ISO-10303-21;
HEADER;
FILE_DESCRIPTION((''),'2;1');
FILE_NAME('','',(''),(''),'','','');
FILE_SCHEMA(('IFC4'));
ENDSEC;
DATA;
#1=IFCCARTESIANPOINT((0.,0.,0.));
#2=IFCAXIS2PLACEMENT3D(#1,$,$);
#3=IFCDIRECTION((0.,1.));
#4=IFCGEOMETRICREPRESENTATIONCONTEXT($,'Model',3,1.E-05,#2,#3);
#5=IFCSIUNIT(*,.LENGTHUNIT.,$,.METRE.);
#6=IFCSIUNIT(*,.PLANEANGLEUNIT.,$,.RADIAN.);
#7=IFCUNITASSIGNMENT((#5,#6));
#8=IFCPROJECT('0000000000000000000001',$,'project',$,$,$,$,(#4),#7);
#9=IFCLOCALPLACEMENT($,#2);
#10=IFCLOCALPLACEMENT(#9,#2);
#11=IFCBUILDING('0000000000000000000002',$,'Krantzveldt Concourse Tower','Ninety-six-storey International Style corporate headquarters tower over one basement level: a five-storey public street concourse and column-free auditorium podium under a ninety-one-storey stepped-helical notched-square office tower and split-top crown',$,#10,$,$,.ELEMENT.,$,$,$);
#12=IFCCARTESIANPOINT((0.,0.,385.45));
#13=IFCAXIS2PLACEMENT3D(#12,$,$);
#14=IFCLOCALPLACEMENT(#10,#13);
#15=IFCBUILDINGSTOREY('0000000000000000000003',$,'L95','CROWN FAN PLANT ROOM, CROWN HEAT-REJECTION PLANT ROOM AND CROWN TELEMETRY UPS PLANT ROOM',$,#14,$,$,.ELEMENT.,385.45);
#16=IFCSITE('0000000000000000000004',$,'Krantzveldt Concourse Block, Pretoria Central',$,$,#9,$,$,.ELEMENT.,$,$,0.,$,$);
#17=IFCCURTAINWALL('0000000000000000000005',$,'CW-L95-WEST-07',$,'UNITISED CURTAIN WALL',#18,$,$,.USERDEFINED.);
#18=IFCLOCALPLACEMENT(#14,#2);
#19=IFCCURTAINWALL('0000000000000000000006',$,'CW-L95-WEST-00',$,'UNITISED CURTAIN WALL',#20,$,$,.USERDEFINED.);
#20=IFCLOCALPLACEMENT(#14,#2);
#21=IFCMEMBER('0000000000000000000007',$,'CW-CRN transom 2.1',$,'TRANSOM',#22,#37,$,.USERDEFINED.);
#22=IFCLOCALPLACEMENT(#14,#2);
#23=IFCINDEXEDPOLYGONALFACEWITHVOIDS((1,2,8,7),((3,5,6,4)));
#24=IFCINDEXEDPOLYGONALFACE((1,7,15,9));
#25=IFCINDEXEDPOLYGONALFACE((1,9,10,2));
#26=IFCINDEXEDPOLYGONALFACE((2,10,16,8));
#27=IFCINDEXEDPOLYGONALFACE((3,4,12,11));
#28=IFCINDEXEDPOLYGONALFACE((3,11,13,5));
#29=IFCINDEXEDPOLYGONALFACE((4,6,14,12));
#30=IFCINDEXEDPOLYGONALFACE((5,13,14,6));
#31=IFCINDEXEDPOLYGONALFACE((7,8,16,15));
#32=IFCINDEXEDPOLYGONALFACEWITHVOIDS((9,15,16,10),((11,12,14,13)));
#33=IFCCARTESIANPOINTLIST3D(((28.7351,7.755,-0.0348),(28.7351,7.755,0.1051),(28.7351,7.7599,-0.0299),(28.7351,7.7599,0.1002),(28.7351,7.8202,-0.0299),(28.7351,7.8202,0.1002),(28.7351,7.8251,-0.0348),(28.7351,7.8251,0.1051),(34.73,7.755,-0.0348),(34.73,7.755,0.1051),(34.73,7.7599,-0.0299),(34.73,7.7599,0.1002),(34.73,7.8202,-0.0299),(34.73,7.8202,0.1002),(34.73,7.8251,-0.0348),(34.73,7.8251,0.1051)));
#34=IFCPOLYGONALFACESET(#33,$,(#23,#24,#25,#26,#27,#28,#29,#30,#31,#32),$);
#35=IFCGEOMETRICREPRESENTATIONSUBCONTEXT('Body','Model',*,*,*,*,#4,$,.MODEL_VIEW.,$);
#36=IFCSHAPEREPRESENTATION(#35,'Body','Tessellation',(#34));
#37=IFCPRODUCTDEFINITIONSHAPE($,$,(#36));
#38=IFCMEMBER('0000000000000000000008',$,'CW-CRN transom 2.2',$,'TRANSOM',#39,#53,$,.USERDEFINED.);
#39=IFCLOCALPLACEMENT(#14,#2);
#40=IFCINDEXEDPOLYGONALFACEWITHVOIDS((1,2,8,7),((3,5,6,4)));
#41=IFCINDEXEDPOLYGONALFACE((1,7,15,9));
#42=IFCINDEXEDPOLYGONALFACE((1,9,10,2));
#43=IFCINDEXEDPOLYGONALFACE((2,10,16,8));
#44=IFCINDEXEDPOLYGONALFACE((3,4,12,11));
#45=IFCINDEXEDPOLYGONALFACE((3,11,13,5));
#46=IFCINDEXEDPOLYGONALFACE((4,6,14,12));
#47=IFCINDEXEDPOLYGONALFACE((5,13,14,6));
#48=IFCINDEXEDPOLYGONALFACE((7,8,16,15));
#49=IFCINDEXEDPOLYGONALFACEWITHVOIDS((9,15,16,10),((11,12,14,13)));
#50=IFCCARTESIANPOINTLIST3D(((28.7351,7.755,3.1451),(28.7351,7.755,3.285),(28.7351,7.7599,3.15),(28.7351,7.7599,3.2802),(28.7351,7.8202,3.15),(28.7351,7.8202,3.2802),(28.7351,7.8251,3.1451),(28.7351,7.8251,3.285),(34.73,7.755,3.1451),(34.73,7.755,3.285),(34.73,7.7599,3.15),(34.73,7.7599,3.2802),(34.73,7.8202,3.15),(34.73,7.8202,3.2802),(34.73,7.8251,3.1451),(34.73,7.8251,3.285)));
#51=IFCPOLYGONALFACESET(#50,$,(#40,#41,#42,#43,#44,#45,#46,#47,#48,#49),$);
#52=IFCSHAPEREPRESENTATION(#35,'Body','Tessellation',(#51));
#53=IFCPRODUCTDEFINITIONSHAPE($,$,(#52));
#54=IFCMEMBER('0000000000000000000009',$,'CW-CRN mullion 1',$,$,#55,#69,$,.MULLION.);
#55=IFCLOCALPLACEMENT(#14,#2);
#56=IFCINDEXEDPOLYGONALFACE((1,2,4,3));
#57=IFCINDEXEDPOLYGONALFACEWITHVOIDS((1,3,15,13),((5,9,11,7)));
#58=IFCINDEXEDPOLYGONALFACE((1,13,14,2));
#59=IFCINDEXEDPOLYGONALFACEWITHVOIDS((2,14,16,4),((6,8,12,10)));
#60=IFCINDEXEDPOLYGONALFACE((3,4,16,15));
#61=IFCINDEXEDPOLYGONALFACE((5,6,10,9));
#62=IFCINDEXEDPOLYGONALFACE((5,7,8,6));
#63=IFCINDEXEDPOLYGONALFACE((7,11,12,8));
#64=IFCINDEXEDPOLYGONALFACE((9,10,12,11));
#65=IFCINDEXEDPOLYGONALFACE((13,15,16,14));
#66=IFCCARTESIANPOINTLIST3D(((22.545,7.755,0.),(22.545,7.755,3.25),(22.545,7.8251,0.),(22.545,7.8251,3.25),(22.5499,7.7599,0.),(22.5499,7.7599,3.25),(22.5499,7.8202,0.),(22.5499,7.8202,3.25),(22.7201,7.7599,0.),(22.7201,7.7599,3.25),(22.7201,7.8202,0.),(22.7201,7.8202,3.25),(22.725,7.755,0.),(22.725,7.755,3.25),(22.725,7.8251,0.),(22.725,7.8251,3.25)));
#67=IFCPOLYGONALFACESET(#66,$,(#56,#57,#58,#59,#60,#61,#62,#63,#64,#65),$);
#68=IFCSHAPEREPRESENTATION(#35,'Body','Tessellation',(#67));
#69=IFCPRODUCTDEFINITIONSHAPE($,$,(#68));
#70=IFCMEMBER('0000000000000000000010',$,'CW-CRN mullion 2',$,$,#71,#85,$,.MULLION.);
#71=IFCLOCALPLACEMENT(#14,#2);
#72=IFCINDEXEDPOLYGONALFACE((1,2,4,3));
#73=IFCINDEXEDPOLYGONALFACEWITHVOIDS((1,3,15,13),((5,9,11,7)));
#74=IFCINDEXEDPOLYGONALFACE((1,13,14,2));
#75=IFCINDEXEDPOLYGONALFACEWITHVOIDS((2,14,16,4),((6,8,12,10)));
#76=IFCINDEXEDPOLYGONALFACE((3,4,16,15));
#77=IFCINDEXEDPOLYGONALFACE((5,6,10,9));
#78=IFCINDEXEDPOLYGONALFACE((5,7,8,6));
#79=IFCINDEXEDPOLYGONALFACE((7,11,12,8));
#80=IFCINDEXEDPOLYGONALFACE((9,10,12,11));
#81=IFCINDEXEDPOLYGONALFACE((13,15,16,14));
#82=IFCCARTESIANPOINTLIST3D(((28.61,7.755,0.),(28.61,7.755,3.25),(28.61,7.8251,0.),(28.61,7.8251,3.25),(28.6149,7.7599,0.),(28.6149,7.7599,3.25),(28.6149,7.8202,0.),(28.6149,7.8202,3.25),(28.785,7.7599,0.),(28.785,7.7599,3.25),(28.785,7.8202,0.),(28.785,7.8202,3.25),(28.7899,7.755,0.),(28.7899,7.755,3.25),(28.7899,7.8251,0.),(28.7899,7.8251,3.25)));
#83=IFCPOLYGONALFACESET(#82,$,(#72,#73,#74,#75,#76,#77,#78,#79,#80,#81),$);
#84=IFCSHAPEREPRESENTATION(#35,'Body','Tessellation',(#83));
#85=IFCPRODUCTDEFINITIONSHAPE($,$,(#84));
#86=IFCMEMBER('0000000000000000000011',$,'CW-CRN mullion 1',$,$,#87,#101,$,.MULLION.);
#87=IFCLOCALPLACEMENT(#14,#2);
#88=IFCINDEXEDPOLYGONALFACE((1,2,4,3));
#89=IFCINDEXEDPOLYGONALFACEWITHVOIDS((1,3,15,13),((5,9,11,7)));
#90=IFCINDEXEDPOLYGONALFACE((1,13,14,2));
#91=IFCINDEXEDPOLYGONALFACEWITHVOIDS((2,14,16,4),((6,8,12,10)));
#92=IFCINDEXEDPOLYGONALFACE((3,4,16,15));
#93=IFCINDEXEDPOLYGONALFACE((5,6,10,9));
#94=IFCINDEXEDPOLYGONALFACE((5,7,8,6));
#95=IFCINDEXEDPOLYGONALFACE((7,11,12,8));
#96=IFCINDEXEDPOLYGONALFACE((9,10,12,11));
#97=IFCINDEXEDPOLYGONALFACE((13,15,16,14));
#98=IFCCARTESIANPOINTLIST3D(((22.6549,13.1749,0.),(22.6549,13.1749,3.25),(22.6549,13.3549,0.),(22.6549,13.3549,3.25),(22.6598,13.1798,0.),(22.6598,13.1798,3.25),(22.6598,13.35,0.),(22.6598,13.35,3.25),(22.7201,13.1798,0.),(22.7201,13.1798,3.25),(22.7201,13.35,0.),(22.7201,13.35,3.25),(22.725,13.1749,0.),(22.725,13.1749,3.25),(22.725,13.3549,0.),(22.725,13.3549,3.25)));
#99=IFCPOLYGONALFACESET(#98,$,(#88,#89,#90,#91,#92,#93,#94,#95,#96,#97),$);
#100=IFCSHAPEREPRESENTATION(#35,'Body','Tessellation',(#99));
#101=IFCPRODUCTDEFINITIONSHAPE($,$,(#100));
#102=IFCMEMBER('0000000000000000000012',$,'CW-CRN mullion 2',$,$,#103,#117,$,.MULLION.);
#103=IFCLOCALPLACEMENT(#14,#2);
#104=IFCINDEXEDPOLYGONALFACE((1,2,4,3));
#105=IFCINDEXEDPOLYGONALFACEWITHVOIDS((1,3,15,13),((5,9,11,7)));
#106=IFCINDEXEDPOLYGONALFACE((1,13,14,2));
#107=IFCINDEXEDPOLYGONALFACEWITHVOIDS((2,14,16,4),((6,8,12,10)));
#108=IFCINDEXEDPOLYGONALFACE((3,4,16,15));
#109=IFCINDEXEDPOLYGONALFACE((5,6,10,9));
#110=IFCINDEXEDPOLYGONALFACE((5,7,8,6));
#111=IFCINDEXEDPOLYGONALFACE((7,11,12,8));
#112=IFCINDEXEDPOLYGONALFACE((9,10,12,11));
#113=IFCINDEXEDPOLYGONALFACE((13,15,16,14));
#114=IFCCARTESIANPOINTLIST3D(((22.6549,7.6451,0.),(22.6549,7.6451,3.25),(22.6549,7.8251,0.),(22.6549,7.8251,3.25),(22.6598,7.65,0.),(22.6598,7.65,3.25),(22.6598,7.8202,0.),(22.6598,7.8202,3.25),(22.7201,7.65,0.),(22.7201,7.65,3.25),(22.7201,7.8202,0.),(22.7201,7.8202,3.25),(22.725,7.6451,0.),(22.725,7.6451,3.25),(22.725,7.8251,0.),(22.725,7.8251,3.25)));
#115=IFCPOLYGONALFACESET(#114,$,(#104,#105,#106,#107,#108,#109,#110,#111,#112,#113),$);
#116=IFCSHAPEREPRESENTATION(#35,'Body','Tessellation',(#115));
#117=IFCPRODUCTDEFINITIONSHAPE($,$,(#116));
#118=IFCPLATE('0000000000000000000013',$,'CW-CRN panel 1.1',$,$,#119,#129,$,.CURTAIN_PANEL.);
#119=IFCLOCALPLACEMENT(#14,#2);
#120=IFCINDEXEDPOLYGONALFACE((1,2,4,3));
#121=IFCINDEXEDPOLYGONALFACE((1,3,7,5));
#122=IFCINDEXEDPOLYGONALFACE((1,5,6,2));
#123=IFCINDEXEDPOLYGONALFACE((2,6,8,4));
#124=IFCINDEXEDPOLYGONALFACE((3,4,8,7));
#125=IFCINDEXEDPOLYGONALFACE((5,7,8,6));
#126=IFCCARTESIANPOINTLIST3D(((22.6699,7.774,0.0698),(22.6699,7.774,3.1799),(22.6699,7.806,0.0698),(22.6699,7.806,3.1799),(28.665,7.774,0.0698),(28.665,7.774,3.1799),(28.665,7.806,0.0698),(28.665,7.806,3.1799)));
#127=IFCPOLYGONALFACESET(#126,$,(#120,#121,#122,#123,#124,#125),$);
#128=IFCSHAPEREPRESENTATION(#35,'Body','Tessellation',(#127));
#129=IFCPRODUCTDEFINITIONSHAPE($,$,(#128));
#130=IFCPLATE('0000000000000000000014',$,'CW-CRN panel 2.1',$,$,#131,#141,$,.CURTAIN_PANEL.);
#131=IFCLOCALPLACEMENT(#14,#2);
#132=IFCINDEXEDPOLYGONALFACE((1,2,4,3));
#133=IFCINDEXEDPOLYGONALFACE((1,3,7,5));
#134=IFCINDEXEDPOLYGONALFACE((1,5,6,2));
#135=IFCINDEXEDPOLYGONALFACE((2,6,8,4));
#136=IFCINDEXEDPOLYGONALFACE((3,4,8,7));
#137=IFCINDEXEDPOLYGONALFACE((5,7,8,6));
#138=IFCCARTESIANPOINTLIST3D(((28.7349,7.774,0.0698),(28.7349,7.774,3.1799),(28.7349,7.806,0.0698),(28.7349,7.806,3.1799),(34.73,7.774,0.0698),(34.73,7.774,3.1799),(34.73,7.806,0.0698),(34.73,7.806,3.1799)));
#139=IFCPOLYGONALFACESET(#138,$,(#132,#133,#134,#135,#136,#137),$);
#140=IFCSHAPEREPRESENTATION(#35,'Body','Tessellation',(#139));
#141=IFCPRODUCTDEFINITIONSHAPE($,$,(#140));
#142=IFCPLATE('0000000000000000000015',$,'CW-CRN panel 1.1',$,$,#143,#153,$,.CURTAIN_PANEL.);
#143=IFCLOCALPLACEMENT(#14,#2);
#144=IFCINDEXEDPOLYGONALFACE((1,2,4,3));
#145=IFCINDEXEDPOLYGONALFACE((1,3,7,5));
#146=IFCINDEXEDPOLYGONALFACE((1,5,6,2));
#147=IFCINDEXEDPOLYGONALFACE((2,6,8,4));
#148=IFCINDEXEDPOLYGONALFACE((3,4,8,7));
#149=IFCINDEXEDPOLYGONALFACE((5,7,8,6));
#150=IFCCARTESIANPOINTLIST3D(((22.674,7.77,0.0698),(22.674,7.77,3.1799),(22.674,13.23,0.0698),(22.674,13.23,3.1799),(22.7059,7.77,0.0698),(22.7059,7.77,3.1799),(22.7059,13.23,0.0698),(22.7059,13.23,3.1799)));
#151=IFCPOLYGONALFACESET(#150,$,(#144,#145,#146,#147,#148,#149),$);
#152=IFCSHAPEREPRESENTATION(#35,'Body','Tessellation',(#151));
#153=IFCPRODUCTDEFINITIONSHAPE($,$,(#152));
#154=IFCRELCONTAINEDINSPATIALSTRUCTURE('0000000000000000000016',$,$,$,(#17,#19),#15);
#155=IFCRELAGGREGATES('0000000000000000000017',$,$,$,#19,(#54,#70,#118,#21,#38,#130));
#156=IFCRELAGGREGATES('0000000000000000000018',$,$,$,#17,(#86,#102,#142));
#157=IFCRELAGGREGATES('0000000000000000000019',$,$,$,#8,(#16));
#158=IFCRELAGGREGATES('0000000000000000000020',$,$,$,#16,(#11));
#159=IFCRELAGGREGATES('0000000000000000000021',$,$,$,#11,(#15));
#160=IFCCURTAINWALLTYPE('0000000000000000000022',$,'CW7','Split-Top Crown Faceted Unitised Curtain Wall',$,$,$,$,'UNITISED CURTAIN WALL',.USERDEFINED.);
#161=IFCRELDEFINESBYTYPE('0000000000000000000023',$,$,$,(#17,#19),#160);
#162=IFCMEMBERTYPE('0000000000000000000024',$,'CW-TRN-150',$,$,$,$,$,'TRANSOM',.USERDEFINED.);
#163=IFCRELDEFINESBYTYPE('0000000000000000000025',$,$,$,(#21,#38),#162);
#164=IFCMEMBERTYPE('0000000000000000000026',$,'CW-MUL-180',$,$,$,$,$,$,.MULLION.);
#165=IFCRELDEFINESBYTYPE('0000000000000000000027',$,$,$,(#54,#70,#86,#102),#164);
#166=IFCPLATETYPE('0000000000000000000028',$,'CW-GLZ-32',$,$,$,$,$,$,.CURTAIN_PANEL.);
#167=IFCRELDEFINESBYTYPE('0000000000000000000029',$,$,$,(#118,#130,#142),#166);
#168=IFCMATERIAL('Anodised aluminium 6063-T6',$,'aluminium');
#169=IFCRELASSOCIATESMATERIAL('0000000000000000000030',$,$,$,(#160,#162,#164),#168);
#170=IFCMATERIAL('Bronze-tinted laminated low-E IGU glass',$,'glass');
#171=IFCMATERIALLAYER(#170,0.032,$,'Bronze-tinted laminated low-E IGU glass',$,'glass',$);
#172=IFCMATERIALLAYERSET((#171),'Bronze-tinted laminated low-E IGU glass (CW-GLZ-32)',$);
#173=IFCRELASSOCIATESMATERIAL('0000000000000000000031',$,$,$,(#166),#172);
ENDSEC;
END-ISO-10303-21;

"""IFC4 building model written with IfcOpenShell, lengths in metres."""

from ifc_helpers import new_model, si_unit, direction, frame, origin, origin_2d, place, context, subcontext, project, spatial, rectangle, hollow_rectangle, extrude, source, transform, mapped, material, layer, layer_set, material_profile, profile_set, type_object, type_shapes, element, aggregate, save


model = new_model("IFC4")

# Units and contexts
model_context = context("Model", 3, precision=1e-05, world=origin(), true_north=direction((0.0, 1.0)))
body_context = subcontext(model_context, "Body", "Model", "MODEL_VIEW")
ifc_project = project(units=[si_unit("LENGTHUNIT", "METRE"), si_unit("PLANEANGLEUNIT", "RADIAN")], contexts=[model_context])

# Site, building, storey
site_placement = place(None, origin())
site = spatial("IfcSite", under=ifc_project, at=site_placement, Name="Krantzveldt Concourse Block, Pretoria Central", CompositionType="ELEMENT", RefElevation=0.0)
building_placement = place(site_placement, origin())
building = spatial("IfcBuilding", under=site, at=building_placement, Name="Krantzveldt Concourse Tower", Description="Ninety-six-storey International Style corporate headquarters tower over one basement level: a five-storey public street concourse and column-free auditorium podium under a ninety-one-storey stepped-helical notched-square office tower and split-top crown", CompositionType="ELEMENT")
storey_placement = place(building_placement, frame((0.0, 0.0, 385.45)))
storey = spatial("IfcBuildingStorey", under=building, at=storey_placement, Name="L95", Description="CROWN FAN PLANT ROOM, CROWN HEAT-REJECTION PLANT ROOM AND CROWN TELEMETRY UPS PLANT ROOM", CompositionType="ELEMENT", Elevation=385.45)

# Curtain walls, members
ifc_material_1 = material(Name="Anodised aluminium 6063-T6", Category="aluminium")
curtain_wall_type = type_object("IfcCurtainWallType", Name="CW7", Description="Split-Top Crown Faceted Unitised Curtain Wall", ElementType="UNITISED CURTAIN WALL", PredefinedType="USERDEFINED", material=ifc_material_1)
curtain_wall_1_placement = place(storey_placement, origin())
curtain_wall_1 = element("IfcCurtainWall", 1, at=curtain_wall_1_placement, inside=storey, type_object=curtain_wall_type, Name="CW-L95-WEST-07", ObjectType="UNITISED CURTAIN WALL", PredefinedType="USERDEFINED")
ifc_material_profile_1 = material_profile(ifc_material_1, hollow_rectangle(XDim=0.0701, YDim=0.1399, WallThickness=0.0049, at=origin_2d()), Name="Anodised aluminium 6063-T6", Category="aluminium")
ifc_profile_set_1 = profile_set([ifc_material_profile_1], Name="Anodised aluminium 6063-T6 - ALU-TRAN 140x70x5")
member_type_1 = type_object("IfcMemberType", Name="CW-TRN-150", ElementType="TRANSOM", PredefinedType="USERDEFINED", material=ifc_profile_set_1)
curtain_wall_2_placement = place(storey_placement, origin())
curtain_wall_2 = element("IfcCurtainWall", 2, at=curtain_wall_2_placement, inside=storey, type_object=curtain_wall_type, Name="CW-L95-WEST-00", ObjectType="UNITISED CURTAIN WALL", PredefinedType="USERDEFINED")
shared_shape_1 = source(origin(), body_context, "Body", "SweptSolid", [
    extrude(hollow_rectangle(XDim=0.0701, YDim=0.1399, WallThickness=0.0049, at=origin_2d()), origin(), (0.0, 0.0, 1.0), 5.9949),
])
member_1_placement = place(storey_placement, frame((28.7351, 7.79, 0.0352), z_axis=(1.0, 0.0, 0.0), x_axis=(0.0, 1.0, 0.0)))
member_1 = element("IfcMember", 3, at=member_1_placement, type_object=member_type_1, Name="CW-CRN transom 2.1", ObjectType="TRANSOM", PredefinedType="USERDEFINED", context=body_context, shape_type="MappedRepresentation", body=[
    mapped(shared_shape_1, transform((0.0, 0.0, 0.0), x_axis=(1.0, 0.0, 0.0), y_axis=(0.0, 1.0, 0.0), z_axis=(0.0, 0.0, 1.0), scale=1.0)),
])
member_2_placement = place(storey_placement, frame((28.7351, 7.79, 3.2151), z_axis=(1.0, 0.0, 0.0), x_axis=(0.0, 1.0, 0.0)))
member_2 = element("IfcMember", 4, at=member_2_placement, type_object=member_type_1, Name="CW-CRN transom 2.2", ObjectType="TRANSOM", PredefinedType="USERDEFINED", context=body_context, shape_type="MappedRepresentation", body=[
    mapped(shared_shape_1, transform((0.0, 0.0, 0.0), x_axis=(1.0, 0.0, 0.0), y_axis=(0.0, 1.0, 0.0), z_axis=(0.0, 0.0, 1.0), scale=1.0)),
])
ifc_material_profile_2 = material_profile(ifc_material_1, hollow_rectangle(XDim=0.0701, YDim=0.1799, WallThickness=0.0049, at=origin_2d()), Name="Anodised aluminium 6063-T6", Category="aluminium")
ifc_profile_set_2 = profile_set([ifc_material_profile_2], Name="Anodised aluminium 6063-T6 - ALU-MULL 180x70x5")
member_type_2 = type_object("IfcMemberType", Name="CW-MUL-180", PredefinedType="MULLION", material=ifc_profile_set_2)
shared_shape_2 = source(origin(), body_context, "Body", "SweptSolid", [
    extrude(hollow_rectangle(XDim=0.0701, YDim=0.1799, WallThickness=0.0049, at=origin_2d()), origin(), (0.0, 0.0, 1.0), 3.25),
])
type_shapes(member_type_2, [shared_shape_2])
member_3_placement = place(storey_placement, frame((22.635, 7.79, 0.0), z_axis=(0.0, 0.0, 1.0), x_axis=(0.0, 1.0, 0.0)))
member_3 = element("IfcMember", 5, at=member_3_placement, type_object=member_type_2, Name="CW-CRN mullion 1", PredefinedType="MULLION", context=body_context, shape_type="MappedRepresentation", body=[
    mapped(shared_shape_2, transform((0.0, 0.0, 0.0), x_axis=(1.0, 0.0, 0.0), y_axis=(0.0, 1.0, 0.0), z_axis=(0.0, 0.0, 1.0), scale=1.0)),
])
member_4_placement = place(storey_placement, frame((28.7, 7.79, 0.0), z_axis=(0.0, 0.0, 1.0), x_axis=(0.0, 1.0, 0.0)))
member_4 = element("IfcMember", 6, at=member_4_placement, type_object=member_type_2, Name="CW-CRN mullion 2", PredefinedType="MULLION", context=body_context, shape_type="MappedRepresentation", body=[
    mapped(shared_shape_2, transform((0.0, 0.0, 0.0), x_axis=(1.0, 0.0, 0.0), y_axis=(0.0, 1.0, 0.0), z_axis=(0.0, 0.0, 1.0), scale=1.0)),
])

# Members
member_5_placement = place(storey_placement, frame((22.6899, 13.2649, 0.0), z_axis=(0.0, 0.0, 1.0), x_axis=(1.0, 0.0, 0.0)))
member_5 = element("IfcMember", 7, at=member_5_placement, type_object=member_type_2, Name="CW-CRN mullion 1", PredefinedType="MULLION", context=body_context, shape_type="MappedRepresentation", body=[
    mapped(shared_shape_2, transform((0.0, 0.0, 0.0), x_axis=(1.0, 0.0, 0.0), y_axis=(0.0, 1.0, 0.0), z_axis=(0.0, 0.0, 1.0), scale=1.0)),
])
member_6_placement = place(storey_placement, frame((22.6899, 7.7351, 0.0), z_axis=(0.0, 0.0, 1.0), x_axis=(1.0, 0.0, 0.0)))
member_6 = element("IfcMember", 8, at=member_6_placement, type_object=member_type_2, Name="CW-CRN mullion 2", PredefinedType="MULLION", context=body_context, shape_type="MappedRepresentation", body=[
    mapped(shared_shape_2, transform((0.0, 0.0, 0.0), x_axis=(1.0, 0.0, 0.0), y_axis=(0.0, 1.0, 0.0), z_axis=(0.0, 0.0, 1.0), scale=1.0)),
])

# Plates
ifc_material_2 = material(Name="Bronze-tinted laminated low-E IGU glass", Category="glass")
ifc_layer_1 = layer(ifc_material_2, 0.032, Name="Bronze-tinted laminated low-E IGU glass", Category="glass")
ifc_layer_set_1 = layer_set([ifc_layer_1], Name="Bronze-tinted laminated low-E IGU glass (CW-GLZ-32)")
plate_type = type_object("IfcPlateType", Name="CW-GLZ-32", PredefinedType="CURTAIN_PANEL", material=ifc_layer_set_1)
shared_shape_3 = source(origin(), body_context, "Body", "SweptSolid", [
    extrude(rectangle(XDim=5.9951, YDim=0.032, at=origin_2d()), origin(), (0.0, 0.0, 1.0), 3.1101),
])
plate_1_placement = place(storey_placement, frame((25.6675, 7.79, 0.0698), z_axis=(0.0, 0.0, 1.0), x_axis=(1.0, 0.0, 0.0)))
plate_1 = element("IfcPlate", 9, at=plate_1_placement, type_object=plate_type, Name="CW-CRN panel 1.1", PredefinedType="CURTAIN_PANEL", context=body_context, shape_type="MappedRepresentation", body=[
    mapped(shared_shape_3, transform((0.0, 0.0, 0.0), x_axis=(1.0, 0.0, 0.0), y_axis=(0.0, 1.0, 0.0), z_axis=(0.0, 0.0, 1.0), scale=1.0)),
])
plate_2_placement = place(storey_placement, frame((31.7324, 7.79, 0.0698), z_axis=(0.0, 0.0, 1.0), x_axis=(1.0, 0.0, 0.0)))
plate_2 = element("IfcPlate", 10, at=plate_2_placement, type_object=plate_type, Name="CW-CRN panel 2.1", PredefinedType="CURTAIN_PANEL", context=body_context, shape_type="MappedRepresentation", body=[
    mapped(shared_shape_3, transform((0.0, 0.0, 0.0), x_axis=(1.0, 0.0, 0.0), y_axis=(0.0, 1.0, 0.0), z_axis=(0.0, 0.0, 1.0), scale=1.0)),
])
aggregate(curtain_wall_2, [member_3, member_4, plate_1, member_1, member_2, plate_2])
shared_shape_4 = source(origin(), body_context, "Body", "SweptSolid", [
    extrude(rectangle(XDim=5.46, YDim=0.032, at=origin_2d()), origin(), (0.0, 0.0, 1.0), 3.1101),
])
type_shapes(plate_type, [shared_shape_3, shared_shape_4])
plate_3_placement = place(storey_placement, frame((22.6899, 10.5, 0.0698), z_axis=(0.0, 0.0, 1.0), x_axis=(0.0, -1.0, 0.0)))
plate_3 = element("IfcPlate", 11, at=plate_3_placement, type_object=plate_type, Name="CW-CRN panel 1.1", PredefinedType="CURTAIN_PANEL", context=body_context, shape_type="MappedRepresentation", body=[
    mapped(shared_shape_4, transform((0.0, 0.0, 0.0), x_axis=(1.0, 0.0, 0.0), y_axis=(0.0, 1.0, 0.0), z_axis=(0.0, 0.0, 1.0), scale=1.0)),
])
aggregate(curtain_wall_1, [member_5, member_6, plate_3])

save(model, "model.ifc")
